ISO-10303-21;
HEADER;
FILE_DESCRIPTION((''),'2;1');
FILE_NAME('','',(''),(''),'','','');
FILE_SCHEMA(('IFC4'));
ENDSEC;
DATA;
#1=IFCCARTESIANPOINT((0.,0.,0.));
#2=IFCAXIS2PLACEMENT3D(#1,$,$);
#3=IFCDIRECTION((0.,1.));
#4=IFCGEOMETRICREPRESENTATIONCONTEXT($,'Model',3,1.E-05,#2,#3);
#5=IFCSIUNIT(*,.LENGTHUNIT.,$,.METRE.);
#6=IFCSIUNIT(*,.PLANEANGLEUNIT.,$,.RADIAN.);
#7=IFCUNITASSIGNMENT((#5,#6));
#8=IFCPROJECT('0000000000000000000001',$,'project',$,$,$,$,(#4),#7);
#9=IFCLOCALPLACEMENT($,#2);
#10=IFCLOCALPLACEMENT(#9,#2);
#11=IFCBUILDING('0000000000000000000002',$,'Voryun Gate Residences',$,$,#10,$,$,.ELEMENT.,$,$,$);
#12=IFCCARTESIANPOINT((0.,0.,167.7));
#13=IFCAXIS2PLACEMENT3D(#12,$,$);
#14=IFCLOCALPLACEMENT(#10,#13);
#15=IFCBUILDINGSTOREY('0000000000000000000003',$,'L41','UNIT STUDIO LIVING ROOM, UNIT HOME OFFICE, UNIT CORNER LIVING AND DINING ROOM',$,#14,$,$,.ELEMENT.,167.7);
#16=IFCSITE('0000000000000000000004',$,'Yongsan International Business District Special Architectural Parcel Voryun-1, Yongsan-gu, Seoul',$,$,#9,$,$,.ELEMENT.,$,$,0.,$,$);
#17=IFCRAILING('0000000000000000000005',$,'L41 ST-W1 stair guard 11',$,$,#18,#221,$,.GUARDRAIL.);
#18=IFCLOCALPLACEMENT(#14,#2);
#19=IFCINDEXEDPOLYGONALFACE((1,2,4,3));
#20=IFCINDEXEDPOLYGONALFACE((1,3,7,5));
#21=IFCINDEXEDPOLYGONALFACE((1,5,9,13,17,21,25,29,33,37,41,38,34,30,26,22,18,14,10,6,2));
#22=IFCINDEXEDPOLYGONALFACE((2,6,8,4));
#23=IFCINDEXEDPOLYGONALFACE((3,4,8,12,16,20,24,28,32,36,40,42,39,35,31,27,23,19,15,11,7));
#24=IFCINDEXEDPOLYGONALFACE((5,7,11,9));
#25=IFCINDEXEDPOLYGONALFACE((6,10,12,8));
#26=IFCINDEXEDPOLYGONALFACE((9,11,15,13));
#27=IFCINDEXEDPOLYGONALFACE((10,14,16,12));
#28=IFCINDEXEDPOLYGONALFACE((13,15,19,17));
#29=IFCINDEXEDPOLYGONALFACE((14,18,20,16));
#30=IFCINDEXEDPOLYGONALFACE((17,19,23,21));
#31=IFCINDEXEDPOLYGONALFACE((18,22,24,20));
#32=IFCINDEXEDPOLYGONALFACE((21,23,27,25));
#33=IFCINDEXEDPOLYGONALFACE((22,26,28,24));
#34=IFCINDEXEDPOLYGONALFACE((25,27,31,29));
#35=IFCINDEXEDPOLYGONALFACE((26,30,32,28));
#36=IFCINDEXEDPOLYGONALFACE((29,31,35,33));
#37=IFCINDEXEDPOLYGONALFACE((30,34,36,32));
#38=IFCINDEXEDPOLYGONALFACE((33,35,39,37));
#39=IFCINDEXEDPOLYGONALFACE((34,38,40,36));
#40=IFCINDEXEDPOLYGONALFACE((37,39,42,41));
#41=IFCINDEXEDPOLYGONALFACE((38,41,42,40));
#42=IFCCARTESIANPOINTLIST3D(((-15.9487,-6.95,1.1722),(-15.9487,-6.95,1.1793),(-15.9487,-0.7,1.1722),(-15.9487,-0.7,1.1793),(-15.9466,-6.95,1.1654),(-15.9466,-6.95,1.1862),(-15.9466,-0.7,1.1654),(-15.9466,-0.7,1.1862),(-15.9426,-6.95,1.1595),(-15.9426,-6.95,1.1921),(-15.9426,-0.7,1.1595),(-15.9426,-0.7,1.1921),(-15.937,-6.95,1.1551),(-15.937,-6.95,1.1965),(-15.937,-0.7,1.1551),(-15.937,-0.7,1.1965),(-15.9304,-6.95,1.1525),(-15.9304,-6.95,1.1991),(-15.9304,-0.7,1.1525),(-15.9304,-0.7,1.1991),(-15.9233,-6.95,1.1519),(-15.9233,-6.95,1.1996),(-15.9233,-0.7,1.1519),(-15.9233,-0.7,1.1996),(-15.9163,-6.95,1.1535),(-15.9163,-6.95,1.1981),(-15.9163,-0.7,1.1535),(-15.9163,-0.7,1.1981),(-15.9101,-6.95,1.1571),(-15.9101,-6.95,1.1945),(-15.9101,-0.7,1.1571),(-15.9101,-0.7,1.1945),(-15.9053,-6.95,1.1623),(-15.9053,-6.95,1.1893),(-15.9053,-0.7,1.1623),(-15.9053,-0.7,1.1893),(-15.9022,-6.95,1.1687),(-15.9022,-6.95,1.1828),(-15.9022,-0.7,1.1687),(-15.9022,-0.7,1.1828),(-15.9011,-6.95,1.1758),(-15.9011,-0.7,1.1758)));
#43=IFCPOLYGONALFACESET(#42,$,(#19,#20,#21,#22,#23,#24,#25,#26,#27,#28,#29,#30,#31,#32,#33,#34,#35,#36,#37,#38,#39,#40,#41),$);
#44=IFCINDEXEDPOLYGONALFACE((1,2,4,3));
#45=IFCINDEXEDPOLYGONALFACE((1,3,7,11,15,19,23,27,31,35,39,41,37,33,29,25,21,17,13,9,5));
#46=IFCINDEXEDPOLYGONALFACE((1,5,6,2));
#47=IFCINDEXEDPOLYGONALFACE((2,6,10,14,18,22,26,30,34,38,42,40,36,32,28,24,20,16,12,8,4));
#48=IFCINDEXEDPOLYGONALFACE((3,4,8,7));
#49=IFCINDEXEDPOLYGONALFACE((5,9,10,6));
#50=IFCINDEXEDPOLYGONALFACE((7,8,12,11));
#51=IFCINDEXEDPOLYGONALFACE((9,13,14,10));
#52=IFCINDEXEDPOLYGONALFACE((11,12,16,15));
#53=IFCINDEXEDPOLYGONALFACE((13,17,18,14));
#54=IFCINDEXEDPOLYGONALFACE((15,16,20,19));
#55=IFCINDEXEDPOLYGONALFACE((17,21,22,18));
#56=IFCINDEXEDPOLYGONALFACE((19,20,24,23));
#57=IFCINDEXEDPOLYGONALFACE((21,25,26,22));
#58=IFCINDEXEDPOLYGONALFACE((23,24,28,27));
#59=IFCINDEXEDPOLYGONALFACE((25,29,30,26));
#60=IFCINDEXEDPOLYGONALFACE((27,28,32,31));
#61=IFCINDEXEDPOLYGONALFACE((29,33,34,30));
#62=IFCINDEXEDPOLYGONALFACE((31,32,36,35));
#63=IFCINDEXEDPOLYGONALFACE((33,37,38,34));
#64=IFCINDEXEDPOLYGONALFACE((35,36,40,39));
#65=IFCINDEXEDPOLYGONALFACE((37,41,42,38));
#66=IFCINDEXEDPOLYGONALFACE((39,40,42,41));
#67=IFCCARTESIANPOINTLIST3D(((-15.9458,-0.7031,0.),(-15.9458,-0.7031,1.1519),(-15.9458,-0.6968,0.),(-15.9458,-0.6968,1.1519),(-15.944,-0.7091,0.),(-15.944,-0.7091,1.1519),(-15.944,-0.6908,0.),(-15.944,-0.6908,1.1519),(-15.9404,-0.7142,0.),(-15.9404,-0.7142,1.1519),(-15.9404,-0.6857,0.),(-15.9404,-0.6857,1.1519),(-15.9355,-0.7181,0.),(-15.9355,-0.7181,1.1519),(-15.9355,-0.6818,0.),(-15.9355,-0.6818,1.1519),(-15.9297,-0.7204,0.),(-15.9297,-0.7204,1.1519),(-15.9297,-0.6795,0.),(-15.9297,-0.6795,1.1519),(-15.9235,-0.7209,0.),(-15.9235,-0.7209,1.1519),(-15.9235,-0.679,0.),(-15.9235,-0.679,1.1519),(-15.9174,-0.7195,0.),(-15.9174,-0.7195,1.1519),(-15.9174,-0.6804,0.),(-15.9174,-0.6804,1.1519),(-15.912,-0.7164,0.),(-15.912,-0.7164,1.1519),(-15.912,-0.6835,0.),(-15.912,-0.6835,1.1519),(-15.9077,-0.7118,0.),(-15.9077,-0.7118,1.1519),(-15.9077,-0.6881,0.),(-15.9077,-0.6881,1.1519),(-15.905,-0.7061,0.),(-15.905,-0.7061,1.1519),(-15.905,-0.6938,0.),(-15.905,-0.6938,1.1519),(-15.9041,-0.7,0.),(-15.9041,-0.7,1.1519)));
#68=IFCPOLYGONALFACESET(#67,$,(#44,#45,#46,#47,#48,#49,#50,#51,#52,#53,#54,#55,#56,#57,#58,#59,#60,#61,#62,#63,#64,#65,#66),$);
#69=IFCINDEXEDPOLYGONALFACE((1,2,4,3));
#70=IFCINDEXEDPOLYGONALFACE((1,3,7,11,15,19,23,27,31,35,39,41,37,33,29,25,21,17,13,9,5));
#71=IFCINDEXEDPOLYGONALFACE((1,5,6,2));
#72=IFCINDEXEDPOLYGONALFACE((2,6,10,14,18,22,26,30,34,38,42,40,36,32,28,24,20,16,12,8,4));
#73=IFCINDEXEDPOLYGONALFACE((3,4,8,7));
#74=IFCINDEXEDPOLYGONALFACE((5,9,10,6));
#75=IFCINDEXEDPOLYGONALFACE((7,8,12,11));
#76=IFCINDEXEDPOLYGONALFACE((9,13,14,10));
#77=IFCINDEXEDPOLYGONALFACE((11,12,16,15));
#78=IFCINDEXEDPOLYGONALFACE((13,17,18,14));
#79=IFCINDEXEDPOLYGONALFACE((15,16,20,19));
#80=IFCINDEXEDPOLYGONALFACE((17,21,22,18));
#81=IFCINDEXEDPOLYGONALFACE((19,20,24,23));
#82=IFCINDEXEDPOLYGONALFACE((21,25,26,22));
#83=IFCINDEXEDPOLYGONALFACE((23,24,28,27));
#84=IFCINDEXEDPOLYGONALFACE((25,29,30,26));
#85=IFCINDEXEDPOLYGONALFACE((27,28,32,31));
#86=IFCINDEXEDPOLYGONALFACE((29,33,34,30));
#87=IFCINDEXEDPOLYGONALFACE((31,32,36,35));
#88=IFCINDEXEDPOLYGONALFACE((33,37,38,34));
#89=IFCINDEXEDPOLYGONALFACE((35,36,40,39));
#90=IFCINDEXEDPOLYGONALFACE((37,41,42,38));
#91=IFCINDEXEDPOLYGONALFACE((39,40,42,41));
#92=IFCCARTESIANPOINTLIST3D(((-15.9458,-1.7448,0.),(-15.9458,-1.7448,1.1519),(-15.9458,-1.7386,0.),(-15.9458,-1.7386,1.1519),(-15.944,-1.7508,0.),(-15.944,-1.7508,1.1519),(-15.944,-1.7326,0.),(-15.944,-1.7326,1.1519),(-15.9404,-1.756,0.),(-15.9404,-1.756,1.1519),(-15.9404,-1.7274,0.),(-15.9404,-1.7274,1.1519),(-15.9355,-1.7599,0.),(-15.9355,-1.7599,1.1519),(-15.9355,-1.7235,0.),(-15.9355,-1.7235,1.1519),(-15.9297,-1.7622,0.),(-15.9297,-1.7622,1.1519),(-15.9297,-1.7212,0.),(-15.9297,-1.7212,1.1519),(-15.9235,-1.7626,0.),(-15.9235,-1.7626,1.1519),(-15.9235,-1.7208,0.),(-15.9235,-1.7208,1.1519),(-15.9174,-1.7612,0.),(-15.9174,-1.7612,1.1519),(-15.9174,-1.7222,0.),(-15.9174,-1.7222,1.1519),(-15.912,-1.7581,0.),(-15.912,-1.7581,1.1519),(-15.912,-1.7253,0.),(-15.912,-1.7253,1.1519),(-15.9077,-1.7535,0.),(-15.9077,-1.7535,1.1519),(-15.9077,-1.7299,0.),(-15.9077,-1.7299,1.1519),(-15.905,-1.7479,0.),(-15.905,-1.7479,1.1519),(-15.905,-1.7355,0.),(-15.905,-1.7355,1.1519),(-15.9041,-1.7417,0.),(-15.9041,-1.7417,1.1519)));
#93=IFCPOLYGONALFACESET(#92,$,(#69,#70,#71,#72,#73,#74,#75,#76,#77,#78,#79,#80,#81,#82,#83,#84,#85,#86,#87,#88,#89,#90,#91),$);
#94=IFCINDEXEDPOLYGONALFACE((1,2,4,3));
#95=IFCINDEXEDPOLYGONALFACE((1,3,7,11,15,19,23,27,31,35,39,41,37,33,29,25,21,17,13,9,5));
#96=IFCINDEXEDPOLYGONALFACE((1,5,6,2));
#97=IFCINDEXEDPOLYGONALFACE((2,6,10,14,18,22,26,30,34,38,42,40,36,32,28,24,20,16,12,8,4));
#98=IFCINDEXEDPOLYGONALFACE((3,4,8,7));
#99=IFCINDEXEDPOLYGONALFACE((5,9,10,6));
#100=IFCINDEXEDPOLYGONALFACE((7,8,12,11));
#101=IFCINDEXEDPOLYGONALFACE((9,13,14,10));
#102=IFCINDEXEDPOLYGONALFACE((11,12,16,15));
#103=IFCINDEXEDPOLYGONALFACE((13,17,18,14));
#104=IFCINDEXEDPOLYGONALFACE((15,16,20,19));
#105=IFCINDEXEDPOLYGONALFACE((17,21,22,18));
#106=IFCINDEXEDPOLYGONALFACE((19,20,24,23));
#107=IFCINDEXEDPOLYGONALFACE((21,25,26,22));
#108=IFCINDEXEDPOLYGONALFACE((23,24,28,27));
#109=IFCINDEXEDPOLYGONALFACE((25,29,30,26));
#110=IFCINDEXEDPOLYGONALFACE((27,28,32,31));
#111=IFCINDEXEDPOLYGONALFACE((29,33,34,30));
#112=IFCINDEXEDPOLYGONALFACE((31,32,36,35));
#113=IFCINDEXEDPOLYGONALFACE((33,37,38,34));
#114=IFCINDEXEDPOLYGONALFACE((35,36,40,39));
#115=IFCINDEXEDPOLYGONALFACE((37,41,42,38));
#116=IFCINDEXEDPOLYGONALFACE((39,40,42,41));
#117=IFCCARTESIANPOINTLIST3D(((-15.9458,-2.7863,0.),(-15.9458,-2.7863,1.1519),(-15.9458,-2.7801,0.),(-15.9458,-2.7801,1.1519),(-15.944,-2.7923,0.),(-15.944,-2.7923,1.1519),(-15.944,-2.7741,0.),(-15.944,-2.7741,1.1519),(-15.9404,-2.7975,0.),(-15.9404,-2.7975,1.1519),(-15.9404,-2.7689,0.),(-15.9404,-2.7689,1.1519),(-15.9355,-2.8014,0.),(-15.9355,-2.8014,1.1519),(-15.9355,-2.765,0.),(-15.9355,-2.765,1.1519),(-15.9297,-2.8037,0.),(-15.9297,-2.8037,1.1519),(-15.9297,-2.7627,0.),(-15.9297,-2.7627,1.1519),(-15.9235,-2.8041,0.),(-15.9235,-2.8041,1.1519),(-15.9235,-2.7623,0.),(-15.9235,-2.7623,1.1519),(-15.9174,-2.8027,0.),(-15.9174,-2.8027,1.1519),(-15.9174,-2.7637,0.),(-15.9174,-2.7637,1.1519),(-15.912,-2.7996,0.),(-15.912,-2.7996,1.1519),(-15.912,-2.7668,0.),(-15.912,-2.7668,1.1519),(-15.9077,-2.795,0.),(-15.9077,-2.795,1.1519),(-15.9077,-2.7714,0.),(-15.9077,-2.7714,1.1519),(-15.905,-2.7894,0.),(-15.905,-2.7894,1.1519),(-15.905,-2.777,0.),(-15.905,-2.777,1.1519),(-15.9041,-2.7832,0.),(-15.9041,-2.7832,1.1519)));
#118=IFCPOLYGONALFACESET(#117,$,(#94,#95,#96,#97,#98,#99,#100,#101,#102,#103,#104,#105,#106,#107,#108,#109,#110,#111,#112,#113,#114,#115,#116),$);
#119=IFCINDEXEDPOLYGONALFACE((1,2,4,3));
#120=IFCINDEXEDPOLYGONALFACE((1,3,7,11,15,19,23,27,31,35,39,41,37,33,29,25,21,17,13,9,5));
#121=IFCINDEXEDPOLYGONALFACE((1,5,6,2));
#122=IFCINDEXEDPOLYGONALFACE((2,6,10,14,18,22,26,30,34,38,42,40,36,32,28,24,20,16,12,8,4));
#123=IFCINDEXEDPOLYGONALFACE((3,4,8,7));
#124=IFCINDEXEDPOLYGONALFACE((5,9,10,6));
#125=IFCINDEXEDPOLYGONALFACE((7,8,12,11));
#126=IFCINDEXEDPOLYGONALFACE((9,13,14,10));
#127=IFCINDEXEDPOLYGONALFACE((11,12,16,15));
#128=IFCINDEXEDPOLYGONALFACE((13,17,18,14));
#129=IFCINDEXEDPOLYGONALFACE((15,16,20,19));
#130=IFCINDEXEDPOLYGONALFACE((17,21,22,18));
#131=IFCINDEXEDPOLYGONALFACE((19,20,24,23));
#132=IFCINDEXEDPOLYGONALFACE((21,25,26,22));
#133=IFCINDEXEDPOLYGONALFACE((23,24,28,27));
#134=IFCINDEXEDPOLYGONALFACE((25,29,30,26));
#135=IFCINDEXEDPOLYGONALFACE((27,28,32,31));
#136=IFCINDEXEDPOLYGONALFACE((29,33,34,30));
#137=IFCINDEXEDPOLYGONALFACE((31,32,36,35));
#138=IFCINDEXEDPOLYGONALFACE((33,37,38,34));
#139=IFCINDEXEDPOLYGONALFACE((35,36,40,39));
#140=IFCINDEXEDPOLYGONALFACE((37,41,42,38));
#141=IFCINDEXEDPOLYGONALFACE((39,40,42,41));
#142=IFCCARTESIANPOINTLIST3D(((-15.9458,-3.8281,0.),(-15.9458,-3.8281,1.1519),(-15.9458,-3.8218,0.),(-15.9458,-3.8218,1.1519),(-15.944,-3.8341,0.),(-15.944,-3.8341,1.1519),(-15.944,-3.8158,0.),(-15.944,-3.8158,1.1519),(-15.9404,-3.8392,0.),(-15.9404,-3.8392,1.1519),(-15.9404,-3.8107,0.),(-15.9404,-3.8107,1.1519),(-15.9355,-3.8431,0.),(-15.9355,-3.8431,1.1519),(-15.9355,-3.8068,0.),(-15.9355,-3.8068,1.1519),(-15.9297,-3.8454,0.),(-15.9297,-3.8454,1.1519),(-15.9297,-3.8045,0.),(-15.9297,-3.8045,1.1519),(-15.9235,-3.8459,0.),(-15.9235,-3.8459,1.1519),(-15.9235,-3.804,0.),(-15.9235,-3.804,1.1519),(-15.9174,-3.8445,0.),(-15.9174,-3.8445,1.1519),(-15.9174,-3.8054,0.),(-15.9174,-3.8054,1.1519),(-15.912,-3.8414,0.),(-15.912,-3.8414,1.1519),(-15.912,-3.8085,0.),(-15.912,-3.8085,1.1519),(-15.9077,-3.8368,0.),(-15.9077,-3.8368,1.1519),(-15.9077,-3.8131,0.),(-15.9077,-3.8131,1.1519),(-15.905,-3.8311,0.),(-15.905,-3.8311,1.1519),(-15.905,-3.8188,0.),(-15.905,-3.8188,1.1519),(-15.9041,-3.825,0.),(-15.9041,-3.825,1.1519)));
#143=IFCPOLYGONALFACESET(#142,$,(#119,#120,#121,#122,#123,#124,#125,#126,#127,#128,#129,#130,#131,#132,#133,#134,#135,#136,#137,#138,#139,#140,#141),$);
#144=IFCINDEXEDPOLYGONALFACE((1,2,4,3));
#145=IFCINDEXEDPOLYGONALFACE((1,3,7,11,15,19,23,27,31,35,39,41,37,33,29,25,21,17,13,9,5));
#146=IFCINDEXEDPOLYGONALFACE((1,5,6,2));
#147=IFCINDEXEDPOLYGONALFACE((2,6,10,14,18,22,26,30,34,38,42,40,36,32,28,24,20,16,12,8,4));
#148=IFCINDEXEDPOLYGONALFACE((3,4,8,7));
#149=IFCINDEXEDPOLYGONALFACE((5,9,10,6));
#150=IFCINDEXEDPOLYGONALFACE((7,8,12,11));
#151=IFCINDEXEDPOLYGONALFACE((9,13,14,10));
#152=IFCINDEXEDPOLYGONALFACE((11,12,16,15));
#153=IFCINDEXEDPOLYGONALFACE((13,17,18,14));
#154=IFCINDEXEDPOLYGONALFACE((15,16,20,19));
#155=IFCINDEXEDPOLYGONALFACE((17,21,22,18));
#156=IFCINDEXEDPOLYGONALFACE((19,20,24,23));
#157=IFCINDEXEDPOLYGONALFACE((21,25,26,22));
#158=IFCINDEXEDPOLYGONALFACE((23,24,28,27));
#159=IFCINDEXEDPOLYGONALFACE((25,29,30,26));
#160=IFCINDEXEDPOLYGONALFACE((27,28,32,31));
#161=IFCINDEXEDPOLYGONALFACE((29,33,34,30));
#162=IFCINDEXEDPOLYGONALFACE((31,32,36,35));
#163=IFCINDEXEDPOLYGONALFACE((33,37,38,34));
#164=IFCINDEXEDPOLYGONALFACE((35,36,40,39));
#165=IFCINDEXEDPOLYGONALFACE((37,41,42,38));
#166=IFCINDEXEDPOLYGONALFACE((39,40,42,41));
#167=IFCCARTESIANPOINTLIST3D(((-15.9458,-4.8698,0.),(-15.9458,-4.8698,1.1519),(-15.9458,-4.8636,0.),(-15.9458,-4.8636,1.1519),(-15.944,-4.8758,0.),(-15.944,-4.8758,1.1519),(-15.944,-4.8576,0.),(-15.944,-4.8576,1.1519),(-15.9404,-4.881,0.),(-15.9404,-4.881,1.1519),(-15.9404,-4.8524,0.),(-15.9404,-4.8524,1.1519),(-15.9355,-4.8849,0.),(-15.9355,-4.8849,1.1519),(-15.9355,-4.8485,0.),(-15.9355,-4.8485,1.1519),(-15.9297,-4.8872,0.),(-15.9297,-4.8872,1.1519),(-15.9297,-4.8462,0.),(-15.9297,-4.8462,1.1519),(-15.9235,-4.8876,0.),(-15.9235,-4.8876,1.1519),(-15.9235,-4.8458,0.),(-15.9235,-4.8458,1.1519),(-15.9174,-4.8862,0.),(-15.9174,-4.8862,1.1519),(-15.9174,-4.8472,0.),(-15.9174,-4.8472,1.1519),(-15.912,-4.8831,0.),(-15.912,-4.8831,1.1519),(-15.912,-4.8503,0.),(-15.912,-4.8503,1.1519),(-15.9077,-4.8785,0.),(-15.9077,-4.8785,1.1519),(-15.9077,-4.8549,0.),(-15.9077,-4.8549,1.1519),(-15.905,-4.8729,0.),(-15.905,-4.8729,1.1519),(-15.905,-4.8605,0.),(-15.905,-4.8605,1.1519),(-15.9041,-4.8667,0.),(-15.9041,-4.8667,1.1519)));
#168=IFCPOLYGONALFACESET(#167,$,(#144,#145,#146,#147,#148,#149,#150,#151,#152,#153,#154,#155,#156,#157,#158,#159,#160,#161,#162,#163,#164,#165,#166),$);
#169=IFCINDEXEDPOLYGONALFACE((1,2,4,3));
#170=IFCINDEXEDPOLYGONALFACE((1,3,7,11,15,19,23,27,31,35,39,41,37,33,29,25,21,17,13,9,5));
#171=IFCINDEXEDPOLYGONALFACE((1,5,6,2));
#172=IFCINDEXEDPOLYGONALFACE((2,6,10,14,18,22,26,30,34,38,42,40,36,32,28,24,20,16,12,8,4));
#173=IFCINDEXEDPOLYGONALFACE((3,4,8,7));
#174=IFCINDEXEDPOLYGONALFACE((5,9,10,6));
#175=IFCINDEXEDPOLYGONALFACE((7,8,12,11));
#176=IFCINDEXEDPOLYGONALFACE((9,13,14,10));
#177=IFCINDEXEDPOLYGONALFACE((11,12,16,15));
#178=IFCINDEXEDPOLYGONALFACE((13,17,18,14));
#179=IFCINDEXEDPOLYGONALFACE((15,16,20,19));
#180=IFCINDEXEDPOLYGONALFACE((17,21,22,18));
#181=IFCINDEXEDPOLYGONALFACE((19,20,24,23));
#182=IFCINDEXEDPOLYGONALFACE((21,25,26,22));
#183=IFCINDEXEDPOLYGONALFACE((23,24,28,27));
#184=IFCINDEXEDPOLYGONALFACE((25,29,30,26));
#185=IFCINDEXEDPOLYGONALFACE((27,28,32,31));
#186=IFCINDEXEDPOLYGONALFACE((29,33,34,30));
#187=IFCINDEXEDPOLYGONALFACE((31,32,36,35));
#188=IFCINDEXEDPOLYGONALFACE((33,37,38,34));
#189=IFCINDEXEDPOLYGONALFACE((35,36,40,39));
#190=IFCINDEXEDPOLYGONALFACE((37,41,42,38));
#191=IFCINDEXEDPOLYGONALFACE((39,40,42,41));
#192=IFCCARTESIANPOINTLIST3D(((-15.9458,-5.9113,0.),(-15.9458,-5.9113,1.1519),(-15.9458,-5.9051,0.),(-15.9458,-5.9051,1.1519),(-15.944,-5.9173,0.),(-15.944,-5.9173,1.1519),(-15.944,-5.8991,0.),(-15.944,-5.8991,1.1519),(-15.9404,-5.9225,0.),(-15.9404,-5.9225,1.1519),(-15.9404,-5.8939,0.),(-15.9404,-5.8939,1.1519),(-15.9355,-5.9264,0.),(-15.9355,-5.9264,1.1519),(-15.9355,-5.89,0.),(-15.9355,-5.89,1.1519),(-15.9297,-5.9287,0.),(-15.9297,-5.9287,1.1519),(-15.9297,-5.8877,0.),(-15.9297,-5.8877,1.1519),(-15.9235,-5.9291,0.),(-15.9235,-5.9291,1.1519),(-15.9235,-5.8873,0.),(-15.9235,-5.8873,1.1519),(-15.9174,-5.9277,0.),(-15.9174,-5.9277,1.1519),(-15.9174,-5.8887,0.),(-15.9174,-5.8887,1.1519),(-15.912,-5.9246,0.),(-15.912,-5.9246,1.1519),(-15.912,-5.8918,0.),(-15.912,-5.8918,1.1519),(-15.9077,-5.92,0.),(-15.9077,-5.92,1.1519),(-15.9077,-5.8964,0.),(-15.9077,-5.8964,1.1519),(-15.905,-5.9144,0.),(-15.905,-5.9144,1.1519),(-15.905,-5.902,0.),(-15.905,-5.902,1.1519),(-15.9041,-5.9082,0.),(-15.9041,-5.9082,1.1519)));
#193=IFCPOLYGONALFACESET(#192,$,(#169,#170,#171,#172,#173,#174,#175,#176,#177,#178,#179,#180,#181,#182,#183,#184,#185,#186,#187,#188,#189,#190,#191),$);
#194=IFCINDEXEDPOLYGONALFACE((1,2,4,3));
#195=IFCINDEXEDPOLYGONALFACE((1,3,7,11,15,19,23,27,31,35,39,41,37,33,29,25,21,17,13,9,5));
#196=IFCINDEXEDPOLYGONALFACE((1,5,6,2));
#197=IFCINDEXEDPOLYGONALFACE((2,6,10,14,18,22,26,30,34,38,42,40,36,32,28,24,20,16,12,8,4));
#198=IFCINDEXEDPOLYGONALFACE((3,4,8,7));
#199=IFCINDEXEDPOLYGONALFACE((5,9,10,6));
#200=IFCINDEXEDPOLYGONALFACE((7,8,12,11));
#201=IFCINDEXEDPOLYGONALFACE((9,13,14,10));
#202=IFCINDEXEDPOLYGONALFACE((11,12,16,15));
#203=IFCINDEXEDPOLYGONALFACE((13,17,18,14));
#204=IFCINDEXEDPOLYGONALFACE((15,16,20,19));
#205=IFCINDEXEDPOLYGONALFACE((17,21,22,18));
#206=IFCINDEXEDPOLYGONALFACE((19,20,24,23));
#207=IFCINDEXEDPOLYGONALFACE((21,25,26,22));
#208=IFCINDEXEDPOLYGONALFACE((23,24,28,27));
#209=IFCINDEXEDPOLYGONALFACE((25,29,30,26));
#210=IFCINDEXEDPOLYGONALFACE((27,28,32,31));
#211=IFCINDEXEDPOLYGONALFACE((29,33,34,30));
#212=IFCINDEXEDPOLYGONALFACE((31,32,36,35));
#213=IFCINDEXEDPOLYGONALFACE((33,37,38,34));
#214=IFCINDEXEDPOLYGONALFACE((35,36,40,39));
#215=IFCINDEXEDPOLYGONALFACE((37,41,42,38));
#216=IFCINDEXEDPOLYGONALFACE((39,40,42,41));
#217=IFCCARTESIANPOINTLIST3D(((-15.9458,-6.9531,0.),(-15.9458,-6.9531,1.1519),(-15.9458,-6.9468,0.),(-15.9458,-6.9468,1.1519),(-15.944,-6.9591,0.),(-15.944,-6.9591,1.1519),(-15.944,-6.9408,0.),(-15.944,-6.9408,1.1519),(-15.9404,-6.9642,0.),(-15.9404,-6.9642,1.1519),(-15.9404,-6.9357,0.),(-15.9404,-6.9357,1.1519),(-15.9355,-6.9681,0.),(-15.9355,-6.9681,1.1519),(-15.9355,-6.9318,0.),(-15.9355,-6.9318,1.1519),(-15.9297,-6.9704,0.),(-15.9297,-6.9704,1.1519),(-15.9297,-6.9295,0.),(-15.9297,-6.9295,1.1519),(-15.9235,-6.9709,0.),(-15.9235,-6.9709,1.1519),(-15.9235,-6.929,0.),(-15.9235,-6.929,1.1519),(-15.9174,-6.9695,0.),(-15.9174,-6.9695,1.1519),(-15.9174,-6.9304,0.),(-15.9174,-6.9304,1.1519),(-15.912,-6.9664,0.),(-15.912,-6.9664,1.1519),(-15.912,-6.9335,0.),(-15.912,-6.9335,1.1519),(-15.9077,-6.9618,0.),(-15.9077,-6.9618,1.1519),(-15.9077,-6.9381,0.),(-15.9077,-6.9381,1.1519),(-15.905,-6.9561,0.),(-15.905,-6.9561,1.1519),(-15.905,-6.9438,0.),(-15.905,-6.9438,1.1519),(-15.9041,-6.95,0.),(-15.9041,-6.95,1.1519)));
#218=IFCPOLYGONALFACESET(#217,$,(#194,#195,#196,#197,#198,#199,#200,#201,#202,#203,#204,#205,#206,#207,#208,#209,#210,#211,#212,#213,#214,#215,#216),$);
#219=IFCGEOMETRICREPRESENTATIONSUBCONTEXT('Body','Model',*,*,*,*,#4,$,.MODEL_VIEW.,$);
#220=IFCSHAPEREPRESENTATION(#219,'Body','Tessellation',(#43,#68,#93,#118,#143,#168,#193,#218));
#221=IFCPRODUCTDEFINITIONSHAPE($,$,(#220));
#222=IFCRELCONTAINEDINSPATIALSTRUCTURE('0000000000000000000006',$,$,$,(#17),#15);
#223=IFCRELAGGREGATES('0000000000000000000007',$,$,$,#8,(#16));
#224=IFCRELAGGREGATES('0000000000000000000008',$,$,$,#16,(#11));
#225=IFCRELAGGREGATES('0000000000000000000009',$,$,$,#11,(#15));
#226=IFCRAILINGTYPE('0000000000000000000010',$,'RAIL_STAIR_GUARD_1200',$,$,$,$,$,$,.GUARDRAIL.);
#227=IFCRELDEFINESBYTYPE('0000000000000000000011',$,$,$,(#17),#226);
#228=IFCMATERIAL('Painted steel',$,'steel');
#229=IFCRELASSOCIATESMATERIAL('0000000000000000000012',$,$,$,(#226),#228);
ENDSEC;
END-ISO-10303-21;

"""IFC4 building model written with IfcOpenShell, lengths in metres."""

from ifc_helpers import new_model, si_unit, direction, frame, origin, origin_2d, place, context, subcontext, project, spatial, circle, extrude, material, type_object, element, save


model = new_model("IFC4")

# Units and contexts
model_context = context("Model", 3, precision=1e-05, world=origin(), true_north=direction((0.0, 1.0)))
body_context = subcontext(model_context, "Body", "Model", "MODEL_VIEW")
ifc_project = project(units=[si_unit("LENGTHUNIT", "METRE"), si_unit("PLANEANGLEUNIT", "RADIAN")], contexts=[model_context])

# Site, building, storey
site_placement = place(None, origin())
site = spatial("IfcSite", under=ifc_project, at=site_placement, Name="Yongsan International Business District Special Architectural Parcel Voryun-1, Yongsan-gu, Seoul", CompositionType="ELEMENT", RefElevation=0.0)
building_placement = place(site_placement, origin())
building = spatial("IfcBuilding", under=site, at=building_placement, Name="Voryun Gate Residences", CompositionType="ELEMENT")
storey_placement = place(building_placement, frame((0.0, 0.0, 167.7)))
storey = spatial("IfcBuildingStorey", under=building, at=storey_placement, Name="L41", Description="UNIT STUDIO LIVING ROOM, UNIT HOME OFFICE, UNIT CORNER LIVING AND DINING ROOM", CompositionType="ELEMENT", Elevation=167.7)

# Railing
ifc_material_1 = material(Name="Painted steel", Category="steel")
railing_type = type_object("IfcRailingType", Name="RAIL_STAIR_GUARD_1200", PredefinedType="GUARDRAIL", material=ifc_material_1)
railing_placement = place(storey_placement, frame((-15.925, -0.7, 0.0)))
element("IfcRailing", 1, at=railing_placement, inside=storey, type_object=railing_type, Name="L41 ST-W1 stair guard 11", PredefinedType="GUARDRAIL", context=body_context, shape_type="SweptSolid", body=[
    extrude(circle(Radius=0.0239, at=origin_2d()), frame((0.0, 0.0, 1.1758), z_axis=(0.0, -1.0, 0.0), x_axis=(1.0, 0.0, 0.0)), (0.0, 0.0, 1.0), 6.25),
    extrude(circle(Radius=0.021, at=origin_2d()), origin(), (0.0, 0.0, 1.0), 1.1519),
    extrude(circle(Radius=0.021, at=origin_2d()), frame((0.0, -1.0417, 0.0)), (0.0, 0.0, 1.0), 1.1519),
    extrude(circle(Radius=0.021, at=origin_2d()), frame((0.0, -2.0833, 0.0)), (0.0, 0.0, 1.0), 1.1519),
    extrude(circle(Radius=0.021, at=origin_2d()), frame((0.0, -3.125, 0.0)), (0.0, 0.0, 1.0), 1.1519),
    extrude(circle(Radius=0.021, at=origin_2d()), frame((0.0, -4.1667, 0.0)), (0.0, 0.0, 1.0), 1.1519),
    extrude(circle(Radius=0.021, at=origin_2d()), frame((0.0, -5.2083, 0.0)), (0.0, 0.0, 1.0), 1.1519),
    extrude(circle(Radius=0.021, at=origin_2d()), frame((0.0, -6.25, 0.0)), (0.0, 0.0, 1.0), 1.1519),
])

save(model, "model.ifc")
